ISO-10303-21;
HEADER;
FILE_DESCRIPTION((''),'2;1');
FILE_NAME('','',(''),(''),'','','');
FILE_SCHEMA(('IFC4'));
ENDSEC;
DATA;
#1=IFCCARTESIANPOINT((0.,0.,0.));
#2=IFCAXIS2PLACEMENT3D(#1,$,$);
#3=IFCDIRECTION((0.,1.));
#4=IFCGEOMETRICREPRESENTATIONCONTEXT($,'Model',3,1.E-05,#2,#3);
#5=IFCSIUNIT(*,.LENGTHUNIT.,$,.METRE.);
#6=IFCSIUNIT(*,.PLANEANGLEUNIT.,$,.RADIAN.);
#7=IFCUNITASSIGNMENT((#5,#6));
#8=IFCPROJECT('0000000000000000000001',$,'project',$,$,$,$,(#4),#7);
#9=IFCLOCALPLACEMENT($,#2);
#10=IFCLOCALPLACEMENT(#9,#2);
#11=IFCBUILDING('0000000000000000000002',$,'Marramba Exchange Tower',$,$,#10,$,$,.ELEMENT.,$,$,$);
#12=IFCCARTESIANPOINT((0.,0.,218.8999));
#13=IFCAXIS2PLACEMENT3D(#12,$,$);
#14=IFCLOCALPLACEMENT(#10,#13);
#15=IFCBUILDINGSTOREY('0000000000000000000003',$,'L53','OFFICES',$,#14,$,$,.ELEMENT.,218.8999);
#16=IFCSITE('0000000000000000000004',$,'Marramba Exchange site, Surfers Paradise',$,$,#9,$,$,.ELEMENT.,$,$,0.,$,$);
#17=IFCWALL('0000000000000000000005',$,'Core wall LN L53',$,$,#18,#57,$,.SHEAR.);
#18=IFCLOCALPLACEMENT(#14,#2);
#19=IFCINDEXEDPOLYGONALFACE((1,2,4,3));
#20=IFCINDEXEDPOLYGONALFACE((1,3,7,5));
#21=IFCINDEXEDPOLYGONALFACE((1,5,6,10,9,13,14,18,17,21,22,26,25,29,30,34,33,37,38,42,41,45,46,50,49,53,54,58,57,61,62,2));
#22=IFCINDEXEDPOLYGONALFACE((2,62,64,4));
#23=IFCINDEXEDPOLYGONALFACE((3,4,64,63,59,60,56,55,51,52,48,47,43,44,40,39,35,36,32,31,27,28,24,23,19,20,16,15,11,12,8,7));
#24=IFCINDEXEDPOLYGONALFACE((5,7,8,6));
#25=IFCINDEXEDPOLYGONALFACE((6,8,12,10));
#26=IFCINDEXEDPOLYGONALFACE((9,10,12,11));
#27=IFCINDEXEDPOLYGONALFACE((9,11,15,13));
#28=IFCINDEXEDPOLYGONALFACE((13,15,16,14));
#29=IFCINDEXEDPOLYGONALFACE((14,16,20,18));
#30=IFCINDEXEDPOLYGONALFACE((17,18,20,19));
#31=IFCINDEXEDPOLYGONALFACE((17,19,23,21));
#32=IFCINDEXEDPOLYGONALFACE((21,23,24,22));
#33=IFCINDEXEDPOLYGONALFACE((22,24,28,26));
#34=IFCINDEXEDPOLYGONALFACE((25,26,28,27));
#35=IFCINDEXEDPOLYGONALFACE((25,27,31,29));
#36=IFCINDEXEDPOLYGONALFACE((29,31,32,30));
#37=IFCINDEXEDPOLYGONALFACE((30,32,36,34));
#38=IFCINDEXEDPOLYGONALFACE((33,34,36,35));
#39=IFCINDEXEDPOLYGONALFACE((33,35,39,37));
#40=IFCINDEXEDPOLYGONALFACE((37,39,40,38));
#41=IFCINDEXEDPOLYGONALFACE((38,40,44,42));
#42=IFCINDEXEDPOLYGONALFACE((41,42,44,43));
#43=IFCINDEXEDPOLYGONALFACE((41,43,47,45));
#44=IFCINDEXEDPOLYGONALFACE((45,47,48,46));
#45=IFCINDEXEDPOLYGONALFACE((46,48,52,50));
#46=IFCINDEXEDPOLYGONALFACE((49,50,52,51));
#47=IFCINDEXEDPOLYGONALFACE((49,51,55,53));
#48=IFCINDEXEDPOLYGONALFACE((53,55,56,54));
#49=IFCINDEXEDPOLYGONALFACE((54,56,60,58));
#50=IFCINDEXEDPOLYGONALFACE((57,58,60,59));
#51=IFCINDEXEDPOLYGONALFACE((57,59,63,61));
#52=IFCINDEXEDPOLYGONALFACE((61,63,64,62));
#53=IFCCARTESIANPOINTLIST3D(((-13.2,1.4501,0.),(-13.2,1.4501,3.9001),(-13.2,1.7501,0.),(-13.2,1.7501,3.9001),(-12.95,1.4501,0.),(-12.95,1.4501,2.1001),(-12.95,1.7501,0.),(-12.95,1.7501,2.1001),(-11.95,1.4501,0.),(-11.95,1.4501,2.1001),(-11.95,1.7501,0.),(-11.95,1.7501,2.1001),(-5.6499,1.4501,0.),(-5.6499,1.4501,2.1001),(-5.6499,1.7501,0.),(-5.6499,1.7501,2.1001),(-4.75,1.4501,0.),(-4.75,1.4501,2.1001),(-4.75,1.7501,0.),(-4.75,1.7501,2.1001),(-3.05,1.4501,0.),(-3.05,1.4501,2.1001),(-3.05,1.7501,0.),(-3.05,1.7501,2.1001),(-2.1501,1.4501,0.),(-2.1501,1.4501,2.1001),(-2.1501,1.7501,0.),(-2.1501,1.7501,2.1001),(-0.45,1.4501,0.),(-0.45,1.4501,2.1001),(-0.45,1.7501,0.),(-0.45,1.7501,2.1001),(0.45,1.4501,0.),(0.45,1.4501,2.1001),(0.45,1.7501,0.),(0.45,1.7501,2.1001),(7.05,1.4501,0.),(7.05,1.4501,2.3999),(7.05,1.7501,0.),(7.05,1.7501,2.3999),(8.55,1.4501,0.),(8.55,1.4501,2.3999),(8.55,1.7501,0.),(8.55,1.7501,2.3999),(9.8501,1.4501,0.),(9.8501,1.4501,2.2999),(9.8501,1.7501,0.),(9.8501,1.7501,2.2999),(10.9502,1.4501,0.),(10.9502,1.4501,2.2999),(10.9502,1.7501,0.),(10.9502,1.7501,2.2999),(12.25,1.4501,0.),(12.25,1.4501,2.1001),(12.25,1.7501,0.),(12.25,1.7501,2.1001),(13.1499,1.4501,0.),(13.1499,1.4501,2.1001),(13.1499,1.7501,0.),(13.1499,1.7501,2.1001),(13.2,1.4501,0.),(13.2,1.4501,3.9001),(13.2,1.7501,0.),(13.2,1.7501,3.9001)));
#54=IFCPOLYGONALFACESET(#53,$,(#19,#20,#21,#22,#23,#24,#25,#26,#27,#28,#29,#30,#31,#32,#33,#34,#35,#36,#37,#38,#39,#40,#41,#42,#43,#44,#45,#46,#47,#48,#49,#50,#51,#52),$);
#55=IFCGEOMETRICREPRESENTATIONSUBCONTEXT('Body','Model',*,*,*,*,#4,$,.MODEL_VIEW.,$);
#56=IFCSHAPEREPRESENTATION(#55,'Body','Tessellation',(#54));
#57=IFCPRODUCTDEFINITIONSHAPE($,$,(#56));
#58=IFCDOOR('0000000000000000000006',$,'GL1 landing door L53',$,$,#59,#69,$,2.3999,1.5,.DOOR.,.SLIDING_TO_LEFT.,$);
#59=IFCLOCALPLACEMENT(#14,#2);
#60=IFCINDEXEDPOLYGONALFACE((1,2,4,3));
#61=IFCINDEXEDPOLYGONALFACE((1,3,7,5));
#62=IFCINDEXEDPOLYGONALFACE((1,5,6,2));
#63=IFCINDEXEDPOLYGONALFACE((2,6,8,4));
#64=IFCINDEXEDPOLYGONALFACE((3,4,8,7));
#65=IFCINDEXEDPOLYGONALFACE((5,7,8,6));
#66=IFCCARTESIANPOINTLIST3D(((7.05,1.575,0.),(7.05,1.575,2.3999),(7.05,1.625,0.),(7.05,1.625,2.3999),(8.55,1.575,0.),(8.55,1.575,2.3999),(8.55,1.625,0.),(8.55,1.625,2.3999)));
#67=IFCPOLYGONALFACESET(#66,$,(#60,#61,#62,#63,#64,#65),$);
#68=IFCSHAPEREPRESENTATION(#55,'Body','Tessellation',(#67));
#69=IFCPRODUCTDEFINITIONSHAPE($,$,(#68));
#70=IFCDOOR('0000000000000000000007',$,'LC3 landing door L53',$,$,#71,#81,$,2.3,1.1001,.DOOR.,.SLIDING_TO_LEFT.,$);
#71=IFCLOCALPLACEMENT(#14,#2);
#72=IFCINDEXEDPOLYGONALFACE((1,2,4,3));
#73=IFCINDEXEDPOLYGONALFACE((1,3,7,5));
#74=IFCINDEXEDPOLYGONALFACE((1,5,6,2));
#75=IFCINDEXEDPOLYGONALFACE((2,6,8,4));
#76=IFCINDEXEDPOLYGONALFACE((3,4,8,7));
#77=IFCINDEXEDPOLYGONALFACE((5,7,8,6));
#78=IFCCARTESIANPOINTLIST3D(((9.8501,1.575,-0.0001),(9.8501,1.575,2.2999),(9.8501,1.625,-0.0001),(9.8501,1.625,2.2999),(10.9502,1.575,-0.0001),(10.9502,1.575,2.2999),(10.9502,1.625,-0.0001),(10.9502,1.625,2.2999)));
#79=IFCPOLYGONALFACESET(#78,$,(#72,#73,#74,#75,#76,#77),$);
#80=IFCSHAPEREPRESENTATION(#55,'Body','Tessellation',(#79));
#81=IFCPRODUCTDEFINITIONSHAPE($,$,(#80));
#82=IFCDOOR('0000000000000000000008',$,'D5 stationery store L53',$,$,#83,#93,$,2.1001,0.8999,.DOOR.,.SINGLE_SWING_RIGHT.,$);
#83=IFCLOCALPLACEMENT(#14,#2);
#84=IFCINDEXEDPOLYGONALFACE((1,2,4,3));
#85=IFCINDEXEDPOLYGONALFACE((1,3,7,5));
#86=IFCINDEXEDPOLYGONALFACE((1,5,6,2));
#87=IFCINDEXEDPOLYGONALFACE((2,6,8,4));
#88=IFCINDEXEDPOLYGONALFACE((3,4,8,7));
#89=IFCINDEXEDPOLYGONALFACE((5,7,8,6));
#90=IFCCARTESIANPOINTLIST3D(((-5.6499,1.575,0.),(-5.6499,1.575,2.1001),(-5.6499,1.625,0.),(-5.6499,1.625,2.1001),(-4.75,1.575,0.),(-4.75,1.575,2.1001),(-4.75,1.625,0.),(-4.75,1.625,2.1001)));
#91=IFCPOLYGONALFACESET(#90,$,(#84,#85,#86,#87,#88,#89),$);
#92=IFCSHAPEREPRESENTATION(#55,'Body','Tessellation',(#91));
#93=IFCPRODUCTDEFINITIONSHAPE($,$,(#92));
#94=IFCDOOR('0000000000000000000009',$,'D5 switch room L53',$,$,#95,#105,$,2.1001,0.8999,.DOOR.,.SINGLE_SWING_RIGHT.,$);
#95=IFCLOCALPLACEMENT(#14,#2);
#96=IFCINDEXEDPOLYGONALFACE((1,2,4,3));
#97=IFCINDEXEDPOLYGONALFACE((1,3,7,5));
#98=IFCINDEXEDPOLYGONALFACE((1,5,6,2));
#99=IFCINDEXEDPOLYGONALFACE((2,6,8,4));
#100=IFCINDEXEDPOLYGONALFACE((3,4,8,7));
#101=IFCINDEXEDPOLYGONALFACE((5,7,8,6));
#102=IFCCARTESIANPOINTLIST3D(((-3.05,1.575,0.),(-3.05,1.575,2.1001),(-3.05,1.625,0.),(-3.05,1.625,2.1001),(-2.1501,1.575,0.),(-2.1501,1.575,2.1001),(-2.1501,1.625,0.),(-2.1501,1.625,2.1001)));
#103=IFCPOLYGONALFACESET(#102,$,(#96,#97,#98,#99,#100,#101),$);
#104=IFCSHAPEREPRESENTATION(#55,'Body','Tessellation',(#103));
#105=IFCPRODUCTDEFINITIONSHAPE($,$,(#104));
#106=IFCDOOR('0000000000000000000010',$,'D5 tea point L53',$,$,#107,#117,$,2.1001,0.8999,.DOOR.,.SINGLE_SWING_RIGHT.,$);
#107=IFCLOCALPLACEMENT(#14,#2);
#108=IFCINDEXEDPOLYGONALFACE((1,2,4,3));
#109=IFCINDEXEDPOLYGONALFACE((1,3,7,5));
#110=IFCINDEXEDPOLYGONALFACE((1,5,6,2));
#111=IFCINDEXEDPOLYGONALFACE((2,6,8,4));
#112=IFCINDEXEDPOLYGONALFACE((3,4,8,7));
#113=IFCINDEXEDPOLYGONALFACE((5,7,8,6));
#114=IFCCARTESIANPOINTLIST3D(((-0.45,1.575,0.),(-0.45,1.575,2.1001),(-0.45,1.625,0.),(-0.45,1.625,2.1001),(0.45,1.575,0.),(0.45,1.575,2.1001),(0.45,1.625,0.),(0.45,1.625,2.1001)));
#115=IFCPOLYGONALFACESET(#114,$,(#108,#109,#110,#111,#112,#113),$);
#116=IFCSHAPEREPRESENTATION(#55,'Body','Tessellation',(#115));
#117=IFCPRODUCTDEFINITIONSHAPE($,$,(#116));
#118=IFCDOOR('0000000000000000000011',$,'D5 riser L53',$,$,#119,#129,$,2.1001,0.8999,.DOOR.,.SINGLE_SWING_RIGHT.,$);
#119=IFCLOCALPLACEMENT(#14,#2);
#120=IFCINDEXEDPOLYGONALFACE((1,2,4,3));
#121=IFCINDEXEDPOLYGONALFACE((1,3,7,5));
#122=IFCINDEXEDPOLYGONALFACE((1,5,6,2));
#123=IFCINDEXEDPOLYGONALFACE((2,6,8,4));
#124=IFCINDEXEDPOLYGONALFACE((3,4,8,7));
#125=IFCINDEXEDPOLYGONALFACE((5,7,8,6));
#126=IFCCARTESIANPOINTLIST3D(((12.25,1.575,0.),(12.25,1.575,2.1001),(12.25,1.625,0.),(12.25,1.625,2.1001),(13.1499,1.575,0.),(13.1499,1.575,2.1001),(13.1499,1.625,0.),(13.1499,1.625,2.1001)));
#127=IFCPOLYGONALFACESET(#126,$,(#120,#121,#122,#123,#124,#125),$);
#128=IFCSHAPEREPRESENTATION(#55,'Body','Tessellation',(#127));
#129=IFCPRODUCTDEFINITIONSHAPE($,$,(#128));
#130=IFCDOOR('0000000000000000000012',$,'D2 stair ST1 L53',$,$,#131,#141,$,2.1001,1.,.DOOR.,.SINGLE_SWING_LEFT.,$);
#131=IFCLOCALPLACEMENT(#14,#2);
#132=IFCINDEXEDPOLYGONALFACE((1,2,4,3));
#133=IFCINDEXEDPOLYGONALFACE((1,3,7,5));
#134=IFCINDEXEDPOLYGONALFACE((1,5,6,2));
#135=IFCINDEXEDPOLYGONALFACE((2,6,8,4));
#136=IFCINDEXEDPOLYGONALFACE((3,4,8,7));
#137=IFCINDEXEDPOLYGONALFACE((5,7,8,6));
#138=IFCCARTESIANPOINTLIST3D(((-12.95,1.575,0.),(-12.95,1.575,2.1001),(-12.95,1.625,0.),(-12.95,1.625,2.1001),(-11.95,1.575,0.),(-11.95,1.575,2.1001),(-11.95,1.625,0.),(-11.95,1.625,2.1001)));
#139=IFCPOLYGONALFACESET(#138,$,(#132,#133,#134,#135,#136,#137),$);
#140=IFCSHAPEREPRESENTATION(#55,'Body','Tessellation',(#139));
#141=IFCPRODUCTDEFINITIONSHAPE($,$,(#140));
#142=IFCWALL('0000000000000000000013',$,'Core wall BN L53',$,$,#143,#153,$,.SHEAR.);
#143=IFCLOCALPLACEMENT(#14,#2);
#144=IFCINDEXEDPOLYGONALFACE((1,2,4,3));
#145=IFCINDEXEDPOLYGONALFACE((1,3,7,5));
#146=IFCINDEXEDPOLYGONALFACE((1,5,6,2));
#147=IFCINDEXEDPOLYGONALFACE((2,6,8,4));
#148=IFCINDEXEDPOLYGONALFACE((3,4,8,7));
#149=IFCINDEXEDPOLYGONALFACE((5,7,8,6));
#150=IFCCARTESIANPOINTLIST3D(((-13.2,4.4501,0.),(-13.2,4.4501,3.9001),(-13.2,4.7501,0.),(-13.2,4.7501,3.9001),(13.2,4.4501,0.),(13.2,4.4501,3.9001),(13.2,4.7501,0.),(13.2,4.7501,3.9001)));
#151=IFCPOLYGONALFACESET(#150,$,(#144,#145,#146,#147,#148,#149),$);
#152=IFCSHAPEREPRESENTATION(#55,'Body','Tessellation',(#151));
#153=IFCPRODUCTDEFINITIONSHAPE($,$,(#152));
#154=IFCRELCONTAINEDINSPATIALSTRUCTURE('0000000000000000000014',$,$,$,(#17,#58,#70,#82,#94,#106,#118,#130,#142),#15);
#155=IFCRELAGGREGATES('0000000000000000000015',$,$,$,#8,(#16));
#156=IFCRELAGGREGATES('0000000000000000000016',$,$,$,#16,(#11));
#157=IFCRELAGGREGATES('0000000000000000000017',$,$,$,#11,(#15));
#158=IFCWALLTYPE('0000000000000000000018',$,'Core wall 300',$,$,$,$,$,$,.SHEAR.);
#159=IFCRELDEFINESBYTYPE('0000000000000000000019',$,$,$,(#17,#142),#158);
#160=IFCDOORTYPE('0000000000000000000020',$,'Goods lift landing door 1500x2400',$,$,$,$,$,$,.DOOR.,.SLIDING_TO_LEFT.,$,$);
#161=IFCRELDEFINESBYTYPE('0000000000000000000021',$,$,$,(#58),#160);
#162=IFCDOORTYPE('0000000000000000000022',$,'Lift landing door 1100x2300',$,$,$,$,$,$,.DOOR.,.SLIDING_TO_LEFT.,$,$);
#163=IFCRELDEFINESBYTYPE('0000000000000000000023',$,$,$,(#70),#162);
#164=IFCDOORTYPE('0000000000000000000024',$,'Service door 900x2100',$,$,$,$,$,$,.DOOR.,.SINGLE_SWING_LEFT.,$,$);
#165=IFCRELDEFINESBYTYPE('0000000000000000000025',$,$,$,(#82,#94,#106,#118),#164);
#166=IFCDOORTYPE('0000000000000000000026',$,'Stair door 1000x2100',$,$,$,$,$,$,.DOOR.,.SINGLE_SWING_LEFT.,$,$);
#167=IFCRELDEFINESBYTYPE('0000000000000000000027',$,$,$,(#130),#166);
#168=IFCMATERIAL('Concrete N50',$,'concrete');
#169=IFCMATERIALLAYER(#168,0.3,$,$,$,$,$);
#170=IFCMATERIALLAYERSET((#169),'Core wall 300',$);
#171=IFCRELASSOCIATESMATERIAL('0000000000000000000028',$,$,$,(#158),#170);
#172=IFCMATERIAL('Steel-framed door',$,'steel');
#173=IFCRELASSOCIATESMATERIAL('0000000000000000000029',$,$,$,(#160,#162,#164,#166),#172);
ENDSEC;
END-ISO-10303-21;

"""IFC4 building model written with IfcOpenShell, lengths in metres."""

from ifc_helpers import new_model, si_unit, direction, frame, frame_2d, origin, place, context, subcontext, project, spatial, rectangle, extrude, material, layer, layer_set, type_object, element, fill, save


model = new_model("IFC4")

# Units and contexts
model_context = context("Model", 3, precision=1e-05, world=origin(), true_north=direction((0.0, 1.0)))
body_context = subcontext(model_context, "Body", "Model", "MODEL_VIEW")
ifc_project = project(units=[si_unit("LENGTHUNIT", "METRE"), si_unit("PLANEANGLEUNIT", "RADIAN")], contexts=[model_context])

# Site, building, storey
site_placement = place(None, origin())
site = spatial("IfcSite", under=ifc_project, at=site_placement, Name="Marramba Exchange site, Surfers Paradise", CompositionType="ELEMENT", RefElevation=0.0)
building_placement = place(site_placement, origin())
building = spatial("IfcBuilding", under=site, at=building_placement, Name="Marramba Exchange Tower", CompositionType="ELEMENT")
storey_placement = place(building_placement, frame((0.0, 0.0, 218.8999)))
storey = spatial("IfcBuildingStorey", under=building, at=storey_placement, Name="L53", Description="OFFICES", CompositionType="ELEMENT", Elevation=218.8999)

# Shared definitions
ifc_material_1 = material(Name="Concrete N50", Category="concrete")

# Wall, openings, doors
ifc_layer_1 = layer(ifc_material_1, 0.3)
ifc_layer_set_1 = layer_set([ifc_layer_1], Name="Core wall 300")
wall_type_1 = type_object("IfcWallType", Name="Core wall 300", PredefinedType="SHEAR", material=ifc_layer_set_1)
wall_1_placement = place(storey_placement, frame((-13.2, 1.6001, 0.0), z_axis=(0.0, 0.0, 1.0), x_axis=(1.0, 0.0, 0.0)))
wall_1 = element("IfcWall", 1, at=wall_1_placement, inside=storey, type_object=wall_type_1, Name="Core wall LN L53", PredefinedType="SHEAR", context=body_context, shape_type="SweptSolid", body=[
    extrude(rectangle(XDim=26.3999, YDim=0.3, at=frame_2d((13.2, 0.0))), origin(), (0.0, 0.0, 1.0), 3.9001),
])
opening_1_placement = place(wall_1_placement, frame((0.25, 0.0, 0.0)))
opening_1 = element("IfcOpeningElement", 2, at=opening_1_placement, cuts=wall_1, PredefinedType="OPENING", context=body_context, shape_type="SweptSolid", body=[
    extrude(rectangle(XDim=1.0, YDim=2.1001, at=frame_2d((0.5, 1.05))), frame((0.0, 0.1599, 0.0), z_axis=(0.0, -1.0, 0.0), x_axis=(1.0, 0.0, 0.0)), (0.0, 0.0, 1.0), 0.3201),
])
opening_2_placement = place(wall_1_placement, frame((23.05, 0.0, 0.0)))
opening_2 = element("IfcOpeningElement", 3, at=opening_2_placement, cuts=wall_1, PredefinedType="OPENING", context=body_context, shape_type="SweptSolid", body=[
    extrude(rectangle(XDim=1.1001, YDim=2.3, at=frame_2d((0.55, 1.1499))), frame((0.0, 0.1599, 0.0), z_axis=(0.0, -1.0, 0.0), x_axis=(1.0, 0.0, 0.0)), (0.0, 0.0, 1.0), 0.3201),
])
opening_3_placement = place(wall_1_placement, frame((20.25, 0.0, 0.0)))
opening_3 = element("IfcOpeningElement", 4, at=opening_3_placement, cuts=wall_1, PredefinedType="OPENING", context=body_context, shape_type="SweptSolid", body=[
    extrude(rectangle(XDim=1.5, YDim=2.3999, at=frame_2d((0.75, 1.2))), frame((0.0, 0.1599, 0.0), z_axis=(0.0, -1.0, 0.0), x_axis=(1.0, 0.0, 0.0)), (0.0, 0.0, 1.0), 0.3201),
])
opening_4_placement = place(wall_1_placement, frame((7.55, 0.0, 0.0)))
opening_4 = element("IfcOpeningElement", 5, at=opening_4_placement, cuts=wall_1, PredefinedType="OPENING", context=body_context, shape_type="SweptSolid", body=[
    extrude(rectangle(XDim=0.8999, YDim=2.1001, at=frame_2d((0.45, 1.05))), frame((0.0, 0.1599, 0.0), z_axis=(0.0, -1.0, 0.0), x_axis=(1.0, 0.0, 0.0)), (0.0, 0.0, 1.0), 0.3201),
])
opening_5_placement = place(wall_1_placement, frame((10.1499, 0.0, 0.0)))
opening_5 = element("IfcOpeningElement", 6, at=opening_5_placement, cuts=wall_1, PredefinedType="OPENING", context=body_context, shape_type="SweptSolid", body=[
    extrude(rectangle(XDim=0.8999, YDim=2.1001, at=frame_2d((0.45, 1.05))), frame((0.0, 0.1599, 0.0), z_axis=(0.0, -1.0, 0.0), x_axis=(1.0, 0.0, 0.0)), (0.0, 0.0, 1.0), 0.3201),
])
opening_6_placement = place(wall_1_placement, frame((12.75, 0.0, 0.0)))
opening_6 = element("IfcOpeningElement", 7, at=opening_6_placement, cuts=wall_1, PredefinedType="OPENING", context=body_context, shape_type="SweptSolid", body=[
    extrude(rectangle(XDim=0.8999, YDim=2.1001, at=frame_2d((0.45, 1.05))), frame((0.0, 0.1599, 0.0), z_axis=(0.0, -1.0, 0.0), x_axis=(1.0, 0.0, 0.0)), (0.0, 0.0, 1.0), 0.3201),
])
opening_7_placement = place(wall_1_placement, frame((25.45, 0.0, 0.0)))
opening_7 = element("IfcOpeningElement", 8, at=opening_7_placement, cuts=wall_1, PredefinedType="OPENING", context=body_context, shape_type="SweptSolid", body=[
    extrude(rectangle(XDim=0.8999, YDim=2.1001, at=frame_2d((0.45, 1.05))), frame((0.0, 0.1599, 0.0), z_axis=(0.0, -1.0, 0.0), x_axis=(1.0, 0.0, 0.0)), (0.0, 0.0, 1.0), 0.3201),
])
ifc_material_2 = material(Name="Steel-framed door", Category="steel")
door_type_1 = type_object("IfcDoorType", Name="Goods lift landing door 1500x2400", OperationType="SLIDING_TO_LEFT", PredefinedType="DOOR", material=ifc_material_2)
door_1_placement = place(opening_3_placement, origin())
door_1 = element("IfcDoor", 9, at=door_1_placement, inside=storey, type_object=door_type_1, Name="GL1 landing door L53", OperationType="SLIDING_TO_LEFT", OverallHeight=2.3999, OverallWidth=1.5, PredefinedType="DOOR", context=body_context, shape_type="SweptSolid", body=[
    extrude(rectangle(XDim=1.5, YDim=2.3999, at=frame_2d((0.75, 1.2))), frame((0.0, 0.0249, 0.0), z_axis=(0.0, -1.0, 0.0), x_axis=(1.0, 0.0, 0.0)), (0.0, 0.0, 1.0), 0.05),
])
fill(opening_3, door_1)
door_type_2 = type_object("IfcDoorType", Name="Lift landing door 1100x2300", OperationType="SLIDING_TO_LEFT", PredefinedType="DOOR", material=ifc_material_2)
door_2_placement = place(opening_2_placement, origin())
door_2 = element("IfcDoor", 10, at=door_2_placement, inside=storey, type_object=door_type_2, Name="LC3 landing door L53", OperationType="SLIDING_TO_LEFT", OverallHeight=2.3, OverallWidth=1.1001, PredefinedType="DOOR", context=body_context, shape_type="SweptSolid", body=[
    extrude(rectangle(XDim=1.1001, YDim=2.3, at=frame_2d((0.55, 1.1499))), frame((0.0, 0.0249, 0.0), z_axis=(0.0, -1.0, 0.0), x_axis=(1.0, 0.0, 0.0)), (0.0, 0.0, 1.0), 0.05),
])
fill(opening_2, door_2)
door_type_3 = type_object("IfcDoorType", Name="Service door 900x2100", OperationType="SINGLE_SWING_LEFT", PredefinedType="DOOR", material=ifc_material_2)
door_3_placement = place(opening_4_placement, origin())
door_3 = element("IfcDoor", 11, at=door_3_placement, inside=storey, type_object=door_type_3, Name="D5 stationery store L53", OperationType="SINGLE_SWING_RIGHT", OverallHeight=2.1001, OverallWidth=0.8999, PredefinedType="DOOR", context=body_context, shape_type="SweptSolid", body=[
    extrude(rectangle(XDim=0.8999, YDim=2.1001, at=frame_2d((0.45, 1.05))), frame((0.0, 0.0249, 0.0), z_axis=(0.0, -1.0, 0.0), x_axis=(1.0, 0.0, 0.0)), (0.0, 0.0, 1.0), 0.05),
])
fill(opening_4, door_3)
door_4_placement = place(opening_5_placement, origin())
door_4 = element("IfcDoor", 12, at=door_4_placement, inside=storey, type_object=door_type_3, Name="D5 switch room L53", OperationType="SINGLE_SWING_RIGHT", OverallHeight=2.1001, OverallWidth=0.8999, PredefinedType="DOOR", context=body_context, shape_type="SweptSolid", body=[
    extrude(rectangle(XDim=0.8999, YDim=2.1001, at=frame_2d((0.45, 1.05))), frame((0.0, 0.0249, 0.0), z_axis=(0.0, -1.0, 0.0), x_axis=(1.0, 0.0, 0.0)), (0.0, 0.0, 1.0), 0.05),
])
fill(opening_5, door_4)
door_5_placement = place(opening_6_placement, origin())
door_5 = element("IfcDoor", 13, at=door_5_placement, inside=storey, type_object=door_type_3, Name="D5 tea point L53", OperationType="SINGLE_SWING_RIGHT", OverallHeight=2.1001, OverallWidth=0.8999, PredefinedType="DOOR", context=body_context, shape_type="SweptSolid", body=[
    extrude(rectangle(XDim=0.8999, YDim=2.1001, at=frame_2d((0.45, 1.05))), frame((0.0, 0.0249, 0.0), z_axis=(0.0, -1.0, 0.0), x_axis=(1.0, 0.0, 0.0)), (0.0, 0.0, 1.0), 0.05),
])
fill(opening_6, door_5)
door_6_placement = place(opening_7_placement, origin())
door_6 = element("IfcDoor", 14, at=door_6_placement, inside=storey, type_object=door_type_3, Name="D5 riser L53", OperationType="SINGLE_SWING_RIGHT", OverallHeight=2.1001, OverallWidth=0.8999, PredefinedType="DOOR", context=body_context, shape_type="SweptSolid", body=[
    extrude(rectangle(XDim=0.8999, YDim=2.1001, at=frame_2d((0.45, 1.05))), frame((0.0, 0.0249, 0.0), z_axis=(0.0, -1.0, 0.0), x_axis=(1.0, 0.0, 0.0)), (0.0, 0.0, 1.0), 0.05),
])
fill(opening_7, door_6)
door_type_4 = type_object("IfcDoorType", Name="Stair door 1000x2100", OperationType="SINGLE_SWING_LEFT", PredefinedType="DOOR", material=ifc_material_2)
door_7_placement = place(opening_1_placement, origin())
door_7 = element("IfcDoor", 15, at=door_7_placement, inside=storey, type_object=door_type_4, Name="D2 stair ST1 L53", OperationType="SINGLE_SWING_LEFT", OverallHeight=2.1001, OverallWidth=1.0, PredefinedType="DOOR", context=body_context, shape_type="SweptSolid", body=[
    extrude(rectangle(XDim=1.0, YDim=2.1001, at=frame_2d((0.5, 1.05))), frame((0.0, 0.0249, 0.0), z_axis=(0.0, -1.0, 0.0), x_axis=(1.0, 0.0, 0.0)), (0.0, 0.0, 1.0), 0.05),
])
fill(opening_1, door_7)

# Wall
wall_2_placement = place(storey_placement, frame((-13.2, 4.6001, 0.0), z_axis=(0.0, 0.0, 1.0), x_axis=(1.0, 0.0, 0.0)))
element("IfcWall", 16, at=wall_2_placement, inside=storey, type_object=wall_type_1, Name="Core wall BN L53", PredefinedType="SHEAR", context=body_context, shape_type="SweptSolid", body=[
    extrude(rectangle(XDim=26.3999, YDim=0.3, at=frame_2d((13.2, 0.0))), origin(), (0.0, 0.0, 1.0), 3.9001),
])

save(model, "model.ifc")
